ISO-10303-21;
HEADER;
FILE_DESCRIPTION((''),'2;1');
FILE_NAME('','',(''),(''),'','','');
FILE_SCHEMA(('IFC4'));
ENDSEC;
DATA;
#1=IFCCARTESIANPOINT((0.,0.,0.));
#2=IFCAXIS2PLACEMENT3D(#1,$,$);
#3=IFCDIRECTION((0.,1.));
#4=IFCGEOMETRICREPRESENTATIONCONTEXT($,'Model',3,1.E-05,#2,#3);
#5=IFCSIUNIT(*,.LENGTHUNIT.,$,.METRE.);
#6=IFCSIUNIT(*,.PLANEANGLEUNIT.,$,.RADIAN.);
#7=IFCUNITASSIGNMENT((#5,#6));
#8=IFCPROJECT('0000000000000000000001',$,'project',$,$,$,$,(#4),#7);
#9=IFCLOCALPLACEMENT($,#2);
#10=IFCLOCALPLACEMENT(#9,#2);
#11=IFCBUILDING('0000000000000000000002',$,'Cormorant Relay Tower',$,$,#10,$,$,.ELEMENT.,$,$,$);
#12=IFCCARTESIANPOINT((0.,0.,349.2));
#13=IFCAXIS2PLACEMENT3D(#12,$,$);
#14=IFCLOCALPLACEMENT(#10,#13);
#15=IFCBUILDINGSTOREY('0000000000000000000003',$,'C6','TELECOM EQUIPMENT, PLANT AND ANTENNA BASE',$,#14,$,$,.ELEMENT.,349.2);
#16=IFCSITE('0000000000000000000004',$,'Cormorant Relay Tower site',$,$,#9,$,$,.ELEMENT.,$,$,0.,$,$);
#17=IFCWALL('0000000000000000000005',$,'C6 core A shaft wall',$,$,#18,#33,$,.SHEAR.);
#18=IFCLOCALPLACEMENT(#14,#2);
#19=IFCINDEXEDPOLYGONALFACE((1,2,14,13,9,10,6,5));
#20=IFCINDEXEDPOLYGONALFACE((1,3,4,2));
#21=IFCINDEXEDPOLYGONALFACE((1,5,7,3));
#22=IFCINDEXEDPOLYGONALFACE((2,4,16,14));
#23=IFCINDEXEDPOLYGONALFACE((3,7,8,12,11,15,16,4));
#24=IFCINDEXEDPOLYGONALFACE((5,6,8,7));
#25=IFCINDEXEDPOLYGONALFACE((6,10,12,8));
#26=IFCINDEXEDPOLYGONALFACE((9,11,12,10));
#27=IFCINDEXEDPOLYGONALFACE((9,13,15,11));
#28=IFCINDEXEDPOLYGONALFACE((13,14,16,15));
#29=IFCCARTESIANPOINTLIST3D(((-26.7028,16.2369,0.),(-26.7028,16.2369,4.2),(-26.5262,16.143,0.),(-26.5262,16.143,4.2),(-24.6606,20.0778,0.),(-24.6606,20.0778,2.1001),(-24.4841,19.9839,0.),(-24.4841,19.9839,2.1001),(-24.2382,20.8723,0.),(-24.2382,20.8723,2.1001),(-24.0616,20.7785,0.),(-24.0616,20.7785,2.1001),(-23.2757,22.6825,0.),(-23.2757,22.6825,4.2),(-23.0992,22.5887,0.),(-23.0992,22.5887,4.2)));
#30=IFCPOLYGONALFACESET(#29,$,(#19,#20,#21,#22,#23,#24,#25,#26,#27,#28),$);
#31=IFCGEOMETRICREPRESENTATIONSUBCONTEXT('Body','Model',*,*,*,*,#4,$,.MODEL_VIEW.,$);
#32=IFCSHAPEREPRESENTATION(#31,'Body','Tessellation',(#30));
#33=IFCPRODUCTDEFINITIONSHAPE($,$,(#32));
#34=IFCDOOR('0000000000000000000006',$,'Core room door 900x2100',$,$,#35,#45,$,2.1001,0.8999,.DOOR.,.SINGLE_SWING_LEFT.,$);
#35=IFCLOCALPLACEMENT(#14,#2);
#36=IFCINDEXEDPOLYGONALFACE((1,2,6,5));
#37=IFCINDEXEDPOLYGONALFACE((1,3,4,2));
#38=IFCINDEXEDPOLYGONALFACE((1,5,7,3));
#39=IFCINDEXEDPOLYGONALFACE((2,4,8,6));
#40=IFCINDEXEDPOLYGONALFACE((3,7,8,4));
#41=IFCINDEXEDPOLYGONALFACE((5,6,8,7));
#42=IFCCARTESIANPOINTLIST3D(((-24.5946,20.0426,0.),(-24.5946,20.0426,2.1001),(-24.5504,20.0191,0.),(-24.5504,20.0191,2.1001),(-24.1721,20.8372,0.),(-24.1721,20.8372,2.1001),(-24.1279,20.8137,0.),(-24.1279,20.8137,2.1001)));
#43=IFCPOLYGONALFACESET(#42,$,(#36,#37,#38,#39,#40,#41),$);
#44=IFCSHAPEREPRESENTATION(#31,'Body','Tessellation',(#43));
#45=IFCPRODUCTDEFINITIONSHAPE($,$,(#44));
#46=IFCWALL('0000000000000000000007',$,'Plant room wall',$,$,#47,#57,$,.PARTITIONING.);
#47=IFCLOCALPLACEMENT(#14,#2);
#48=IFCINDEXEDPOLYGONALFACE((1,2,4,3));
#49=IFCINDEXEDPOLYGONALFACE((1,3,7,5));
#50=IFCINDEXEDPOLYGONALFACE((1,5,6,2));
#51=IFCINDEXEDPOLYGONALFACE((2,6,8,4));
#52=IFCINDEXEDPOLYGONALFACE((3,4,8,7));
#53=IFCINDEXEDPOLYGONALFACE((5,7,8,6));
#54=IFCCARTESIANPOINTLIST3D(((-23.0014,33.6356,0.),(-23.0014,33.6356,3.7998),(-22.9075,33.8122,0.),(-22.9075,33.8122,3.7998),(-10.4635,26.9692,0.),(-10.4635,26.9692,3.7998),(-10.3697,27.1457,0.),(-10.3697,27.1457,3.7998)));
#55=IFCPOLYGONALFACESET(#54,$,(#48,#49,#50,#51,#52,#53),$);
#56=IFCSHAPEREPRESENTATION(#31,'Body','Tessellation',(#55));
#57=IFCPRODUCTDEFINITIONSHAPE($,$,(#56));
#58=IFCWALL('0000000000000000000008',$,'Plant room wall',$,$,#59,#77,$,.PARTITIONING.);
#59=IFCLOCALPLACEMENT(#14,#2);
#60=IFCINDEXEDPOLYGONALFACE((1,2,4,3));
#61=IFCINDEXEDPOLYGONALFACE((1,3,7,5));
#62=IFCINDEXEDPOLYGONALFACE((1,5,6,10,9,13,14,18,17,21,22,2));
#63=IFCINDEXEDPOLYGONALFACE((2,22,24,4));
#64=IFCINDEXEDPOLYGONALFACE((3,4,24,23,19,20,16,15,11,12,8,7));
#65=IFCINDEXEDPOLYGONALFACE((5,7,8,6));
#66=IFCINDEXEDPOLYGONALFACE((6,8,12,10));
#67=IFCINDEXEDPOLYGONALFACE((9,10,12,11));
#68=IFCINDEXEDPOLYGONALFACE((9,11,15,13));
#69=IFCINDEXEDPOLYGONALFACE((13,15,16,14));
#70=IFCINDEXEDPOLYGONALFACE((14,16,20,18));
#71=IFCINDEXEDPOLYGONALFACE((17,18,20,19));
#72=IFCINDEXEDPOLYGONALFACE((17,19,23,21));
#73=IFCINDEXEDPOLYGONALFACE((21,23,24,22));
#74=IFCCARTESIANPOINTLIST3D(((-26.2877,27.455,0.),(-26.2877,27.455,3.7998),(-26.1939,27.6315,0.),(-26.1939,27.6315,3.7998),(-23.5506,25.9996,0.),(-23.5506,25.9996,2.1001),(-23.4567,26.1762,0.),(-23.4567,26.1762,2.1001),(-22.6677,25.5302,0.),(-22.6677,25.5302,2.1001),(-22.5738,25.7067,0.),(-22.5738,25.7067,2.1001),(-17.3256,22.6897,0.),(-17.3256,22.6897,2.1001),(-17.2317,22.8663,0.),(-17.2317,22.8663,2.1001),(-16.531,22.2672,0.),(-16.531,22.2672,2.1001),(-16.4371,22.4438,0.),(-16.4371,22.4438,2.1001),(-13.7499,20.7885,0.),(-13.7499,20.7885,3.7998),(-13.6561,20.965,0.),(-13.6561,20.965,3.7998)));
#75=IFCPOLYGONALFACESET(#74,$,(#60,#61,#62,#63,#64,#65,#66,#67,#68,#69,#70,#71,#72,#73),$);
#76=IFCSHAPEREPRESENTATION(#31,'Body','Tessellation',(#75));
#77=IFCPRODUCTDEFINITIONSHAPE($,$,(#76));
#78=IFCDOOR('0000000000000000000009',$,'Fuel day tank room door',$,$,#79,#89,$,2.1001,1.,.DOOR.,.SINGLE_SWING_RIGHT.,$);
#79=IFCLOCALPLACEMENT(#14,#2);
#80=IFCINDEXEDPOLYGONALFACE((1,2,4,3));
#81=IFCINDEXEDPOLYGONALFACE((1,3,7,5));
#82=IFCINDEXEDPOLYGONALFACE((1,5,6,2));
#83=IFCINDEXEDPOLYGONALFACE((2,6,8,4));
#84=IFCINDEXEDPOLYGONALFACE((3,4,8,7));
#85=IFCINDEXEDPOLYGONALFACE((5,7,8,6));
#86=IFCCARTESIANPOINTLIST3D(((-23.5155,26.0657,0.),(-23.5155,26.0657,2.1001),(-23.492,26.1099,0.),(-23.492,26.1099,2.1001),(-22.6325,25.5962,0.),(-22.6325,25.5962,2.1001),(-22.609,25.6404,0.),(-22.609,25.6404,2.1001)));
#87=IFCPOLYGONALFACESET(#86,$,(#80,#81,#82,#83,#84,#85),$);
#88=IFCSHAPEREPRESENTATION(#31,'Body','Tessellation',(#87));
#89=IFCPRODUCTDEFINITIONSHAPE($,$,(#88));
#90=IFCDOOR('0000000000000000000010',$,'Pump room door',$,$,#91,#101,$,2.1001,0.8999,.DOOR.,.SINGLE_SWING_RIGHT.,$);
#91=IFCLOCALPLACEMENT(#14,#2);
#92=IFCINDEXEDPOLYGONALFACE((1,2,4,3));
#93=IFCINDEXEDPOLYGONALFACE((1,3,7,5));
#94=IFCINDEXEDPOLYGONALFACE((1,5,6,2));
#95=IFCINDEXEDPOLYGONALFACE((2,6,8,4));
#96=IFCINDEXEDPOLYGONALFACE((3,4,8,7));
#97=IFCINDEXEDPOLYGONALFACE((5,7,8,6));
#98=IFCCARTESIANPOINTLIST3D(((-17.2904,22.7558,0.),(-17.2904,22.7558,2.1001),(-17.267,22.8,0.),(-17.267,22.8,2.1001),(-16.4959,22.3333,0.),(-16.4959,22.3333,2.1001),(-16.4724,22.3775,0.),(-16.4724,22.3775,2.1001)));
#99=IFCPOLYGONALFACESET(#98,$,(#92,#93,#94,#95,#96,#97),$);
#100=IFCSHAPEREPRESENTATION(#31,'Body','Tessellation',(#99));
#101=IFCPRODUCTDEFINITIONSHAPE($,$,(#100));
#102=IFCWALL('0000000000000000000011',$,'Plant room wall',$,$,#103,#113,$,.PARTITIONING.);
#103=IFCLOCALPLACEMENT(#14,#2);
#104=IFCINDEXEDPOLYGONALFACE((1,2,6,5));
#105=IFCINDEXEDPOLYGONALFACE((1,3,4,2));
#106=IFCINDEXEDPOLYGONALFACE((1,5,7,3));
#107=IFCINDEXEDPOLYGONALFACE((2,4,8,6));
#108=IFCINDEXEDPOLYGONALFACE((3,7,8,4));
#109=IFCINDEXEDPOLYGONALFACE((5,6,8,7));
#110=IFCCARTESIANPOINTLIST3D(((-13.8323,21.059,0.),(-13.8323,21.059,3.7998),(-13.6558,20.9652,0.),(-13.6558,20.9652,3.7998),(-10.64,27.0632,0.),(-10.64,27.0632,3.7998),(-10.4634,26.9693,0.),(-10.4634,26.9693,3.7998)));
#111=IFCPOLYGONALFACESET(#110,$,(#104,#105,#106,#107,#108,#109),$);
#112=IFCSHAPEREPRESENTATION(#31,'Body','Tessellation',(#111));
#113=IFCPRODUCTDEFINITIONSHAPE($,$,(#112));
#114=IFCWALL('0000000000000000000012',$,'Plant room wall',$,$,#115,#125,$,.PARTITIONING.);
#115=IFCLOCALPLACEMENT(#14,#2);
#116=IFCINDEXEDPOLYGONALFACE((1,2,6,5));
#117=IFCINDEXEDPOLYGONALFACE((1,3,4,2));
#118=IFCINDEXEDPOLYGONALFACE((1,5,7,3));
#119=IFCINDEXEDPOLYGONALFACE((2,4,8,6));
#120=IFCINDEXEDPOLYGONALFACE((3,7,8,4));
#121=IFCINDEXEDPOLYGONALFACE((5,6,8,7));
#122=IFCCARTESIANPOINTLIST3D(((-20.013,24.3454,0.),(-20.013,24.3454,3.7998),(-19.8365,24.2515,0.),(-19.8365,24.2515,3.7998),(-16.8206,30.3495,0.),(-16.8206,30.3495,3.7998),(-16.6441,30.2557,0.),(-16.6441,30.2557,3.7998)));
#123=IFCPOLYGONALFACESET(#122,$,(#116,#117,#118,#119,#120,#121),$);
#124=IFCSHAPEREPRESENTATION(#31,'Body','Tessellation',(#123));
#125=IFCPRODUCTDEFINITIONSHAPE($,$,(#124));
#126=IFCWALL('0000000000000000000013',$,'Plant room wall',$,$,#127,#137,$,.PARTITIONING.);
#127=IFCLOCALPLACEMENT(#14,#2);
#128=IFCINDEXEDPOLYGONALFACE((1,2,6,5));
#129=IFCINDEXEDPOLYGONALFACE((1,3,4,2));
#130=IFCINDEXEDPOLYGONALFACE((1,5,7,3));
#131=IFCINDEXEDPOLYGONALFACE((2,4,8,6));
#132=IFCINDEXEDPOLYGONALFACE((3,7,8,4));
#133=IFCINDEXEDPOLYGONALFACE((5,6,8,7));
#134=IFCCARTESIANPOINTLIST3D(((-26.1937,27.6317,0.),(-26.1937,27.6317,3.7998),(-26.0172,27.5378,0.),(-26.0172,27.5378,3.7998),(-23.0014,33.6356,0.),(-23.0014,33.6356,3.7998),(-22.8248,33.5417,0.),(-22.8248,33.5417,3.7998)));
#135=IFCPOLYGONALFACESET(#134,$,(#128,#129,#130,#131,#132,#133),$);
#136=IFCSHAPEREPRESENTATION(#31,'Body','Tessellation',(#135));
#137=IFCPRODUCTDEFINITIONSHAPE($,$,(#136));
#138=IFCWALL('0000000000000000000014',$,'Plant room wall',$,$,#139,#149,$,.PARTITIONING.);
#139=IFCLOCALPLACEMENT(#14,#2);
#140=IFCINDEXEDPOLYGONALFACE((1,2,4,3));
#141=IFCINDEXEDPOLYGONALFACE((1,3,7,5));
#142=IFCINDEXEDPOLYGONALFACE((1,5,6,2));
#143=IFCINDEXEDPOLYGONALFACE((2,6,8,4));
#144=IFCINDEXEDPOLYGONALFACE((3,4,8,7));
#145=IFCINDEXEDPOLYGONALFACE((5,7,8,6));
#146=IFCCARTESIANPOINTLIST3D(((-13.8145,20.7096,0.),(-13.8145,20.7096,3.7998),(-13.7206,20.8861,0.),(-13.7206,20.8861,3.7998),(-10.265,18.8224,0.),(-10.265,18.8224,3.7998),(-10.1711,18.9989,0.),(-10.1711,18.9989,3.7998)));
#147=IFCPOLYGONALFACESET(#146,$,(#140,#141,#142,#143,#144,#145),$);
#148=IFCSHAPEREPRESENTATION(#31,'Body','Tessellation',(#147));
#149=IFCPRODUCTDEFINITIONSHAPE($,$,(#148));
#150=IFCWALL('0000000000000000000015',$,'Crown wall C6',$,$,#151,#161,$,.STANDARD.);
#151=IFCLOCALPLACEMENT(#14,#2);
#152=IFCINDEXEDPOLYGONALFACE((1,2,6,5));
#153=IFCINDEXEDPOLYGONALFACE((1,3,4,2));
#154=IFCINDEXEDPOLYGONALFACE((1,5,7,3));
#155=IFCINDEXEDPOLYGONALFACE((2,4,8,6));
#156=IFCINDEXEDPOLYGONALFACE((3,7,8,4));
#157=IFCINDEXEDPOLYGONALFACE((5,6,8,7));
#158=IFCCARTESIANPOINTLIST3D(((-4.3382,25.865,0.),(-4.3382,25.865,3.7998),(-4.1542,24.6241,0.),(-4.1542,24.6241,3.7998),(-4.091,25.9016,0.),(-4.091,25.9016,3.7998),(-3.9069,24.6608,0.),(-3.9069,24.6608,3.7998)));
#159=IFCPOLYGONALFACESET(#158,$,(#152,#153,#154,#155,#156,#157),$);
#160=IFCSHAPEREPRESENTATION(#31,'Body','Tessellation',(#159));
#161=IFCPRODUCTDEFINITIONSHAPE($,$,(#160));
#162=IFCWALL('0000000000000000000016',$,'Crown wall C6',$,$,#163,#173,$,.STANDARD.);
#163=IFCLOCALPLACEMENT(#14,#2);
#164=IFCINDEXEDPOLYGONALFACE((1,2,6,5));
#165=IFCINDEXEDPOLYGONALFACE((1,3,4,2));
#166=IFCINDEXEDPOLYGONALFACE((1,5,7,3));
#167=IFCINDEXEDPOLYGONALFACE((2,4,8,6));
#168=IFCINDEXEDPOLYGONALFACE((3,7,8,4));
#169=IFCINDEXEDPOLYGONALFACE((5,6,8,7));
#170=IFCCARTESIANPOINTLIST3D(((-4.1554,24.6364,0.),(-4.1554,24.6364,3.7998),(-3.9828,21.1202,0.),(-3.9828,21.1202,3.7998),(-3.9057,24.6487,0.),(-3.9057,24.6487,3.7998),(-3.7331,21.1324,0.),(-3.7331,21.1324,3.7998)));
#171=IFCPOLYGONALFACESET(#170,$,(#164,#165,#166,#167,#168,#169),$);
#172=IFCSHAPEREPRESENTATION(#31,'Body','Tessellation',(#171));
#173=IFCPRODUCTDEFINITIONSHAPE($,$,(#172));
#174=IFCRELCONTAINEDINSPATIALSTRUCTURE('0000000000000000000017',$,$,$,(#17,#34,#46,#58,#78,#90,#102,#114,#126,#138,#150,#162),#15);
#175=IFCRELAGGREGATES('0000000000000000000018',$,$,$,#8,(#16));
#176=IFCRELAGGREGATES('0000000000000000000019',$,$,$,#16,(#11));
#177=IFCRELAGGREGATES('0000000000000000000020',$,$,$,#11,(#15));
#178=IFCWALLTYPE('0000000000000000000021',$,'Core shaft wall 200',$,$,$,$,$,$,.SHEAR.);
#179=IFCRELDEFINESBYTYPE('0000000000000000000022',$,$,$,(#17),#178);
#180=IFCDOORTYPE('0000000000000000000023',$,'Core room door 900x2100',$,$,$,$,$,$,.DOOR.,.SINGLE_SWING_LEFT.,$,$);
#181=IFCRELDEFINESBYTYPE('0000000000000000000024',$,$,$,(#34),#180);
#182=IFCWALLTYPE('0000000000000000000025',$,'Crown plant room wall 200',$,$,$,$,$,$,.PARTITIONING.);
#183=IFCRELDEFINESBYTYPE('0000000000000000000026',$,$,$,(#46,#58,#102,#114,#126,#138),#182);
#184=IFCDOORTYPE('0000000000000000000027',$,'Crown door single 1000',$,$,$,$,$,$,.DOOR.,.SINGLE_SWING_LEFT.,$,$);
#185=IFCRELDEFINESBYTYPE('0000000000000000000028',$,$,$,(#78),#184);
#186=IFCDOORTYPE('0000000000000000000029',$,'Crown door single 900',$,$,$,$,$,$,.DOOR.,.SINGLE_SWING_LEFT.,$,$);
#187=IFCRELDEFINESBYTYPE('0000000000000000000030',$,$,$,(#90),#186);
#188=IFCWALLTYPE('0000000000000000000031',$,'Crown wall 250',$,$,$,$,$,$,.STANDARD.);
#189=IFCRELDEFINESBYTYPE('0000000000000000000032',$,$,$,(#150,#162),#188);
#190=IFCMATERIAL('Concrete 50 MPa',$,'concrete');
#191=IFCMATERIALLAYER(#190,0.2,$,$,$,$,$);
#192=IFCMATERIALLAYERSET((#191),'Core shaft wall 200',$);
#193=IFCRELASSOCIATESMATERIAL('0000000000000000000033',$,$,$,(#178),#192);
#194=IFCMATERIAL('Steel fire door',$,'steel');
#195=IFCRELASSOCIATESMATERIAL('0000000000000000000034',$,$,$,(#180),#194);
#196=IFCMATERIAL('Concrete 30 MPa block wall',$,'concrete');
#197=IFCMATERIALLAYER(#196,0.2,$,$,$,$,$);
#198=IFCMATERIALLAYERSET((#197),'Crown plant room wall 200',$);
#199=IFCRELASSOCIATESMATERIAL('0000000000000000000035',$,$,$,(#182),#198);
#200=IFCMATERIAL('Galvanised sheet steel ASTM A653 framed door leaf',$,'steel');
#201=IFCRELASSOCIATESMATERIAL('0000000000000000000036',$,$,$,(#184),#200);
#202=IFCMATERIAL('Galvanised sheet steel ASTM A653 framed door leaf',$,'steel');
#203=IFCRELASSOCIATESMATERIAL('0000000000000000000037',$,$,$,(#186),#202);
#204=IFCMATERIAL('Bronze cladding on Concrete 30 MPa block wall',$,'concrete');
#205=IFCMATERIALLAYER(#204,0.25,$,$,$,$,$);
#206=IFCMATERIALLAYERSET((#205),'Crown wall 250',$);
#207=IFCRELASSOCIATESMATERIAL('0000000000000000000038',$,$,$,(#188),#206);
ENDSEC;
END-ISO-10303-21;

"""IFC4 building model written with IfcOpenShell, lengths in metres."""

from ifc_helpers import new_model, si_unit, direction, frame, frame_2d, origin, place, context, subcontext, project, spatial, rectangle, extrude, material, layer, layer_set, type_object, element, fill, save


model = new_model("IFC4")

# Units and contexts
model_context = context("Model", 3, precision=1e-05, world=origin(), true_north=direction((0.0, 1.0)))
body_context = subcontext(model_context, "Body", "Model", "MODEL_VIEW")
ifc_project = project(units=[si_unit("LENGTHUNIT", "METRE"), si_unit("PLANEANGLEUNIT", "RADIAN")], contexts=[model_context])

# Site, building, storey
site_placement = place(None, origin())
site = spatial("IfcSite", under=ifc_project, at=site_placement, Name="Cormorant Relay Tower site", CompositionType="ELEMENT", RefElevation=0.0)
building_placement = place(site_placement, origin())
building = spatial("IfcBuilding", under=site, at=building_placement, Name="Cormorant Relay Tower", CompositionType="ELEMENT")
storey_placement = place(building_placement, frame((0.0, 0.0, 349.2)))
storey = spatial("IfcBuildingStorey", under=building, at=storey_placement, Name="C6", Description="TELECOM EQUIPMENT, PLANT AND ANTENNA BASE", CompositionType="ELEMENT", Elevation=349.2)

# Wall, opening, door
ifc_material_1 = material(Name="Concrete 50 MPa", Category="concrete")
ifc_layer_1 = layer(ifc_material_1, 0.2)
ifc_layer_set_1 = layer_set([ifc_layer_1], Name="Core shaft wall 200")
wall_type_1 = type_object("IfcWallType", Name="Core shaft wall 200", PredefinedType="SHEAR", material=ifc_layer_set_1)
wall_1_placement = place(storey_placement, frame((-23.1875, 22.6355, 0.0), z_axis=(0.0, 0.0, 1.0), x_axis=(-0.469454, -0.882957, 0.0)))
wall_1 = element("IfcWall", 1, at=wall_1_placement, inside=storey, type_object=wall_type_1, Name="C6 core A shaft wall", PredefinedType="SHEAR", context=body_context, shape_type="SweptSolid", body=[
    extrude(rectangle(XDim=7.3, YDim=0.2, at=frame_2d((3.6499, 0.0))), origin(), (0.0, 0.0, 1.0), 4.2),
])
opening_1_placement = place(wall_1_placement, frame((2.05, 0.0, 0.0)))
opening_1 = element("IfcOpeningElement", 2, at=opening_1_placement, cuts=wall_1, PredefinedType="OPENING", context=body_context, shape_type="SweptSolid", body=[
    extrude(rectangle(XDim=0.8999, YDim=2.1001, at=frame_2d((0.45, 1.05))), frame((0.0, 0.1099, 0.0), z_axis=(0.0, -1.0, 0.0), x_axis=(1.0, 0.0, 0.0)), (0.0, 0.0, 1.0), 0.22),
])
ifc_material_2 = material(Name="Steel fire door", Category="steel")
door_type_1 = type_object("IfcDoorType", Name="Core room door 900x2100", OperationType="SINGLE_SWING_LEFT", PredefinedType="DOOR", material=ifc_material_2)
door_1_placement = place(opening_1_placement, origin())
door_1 = element("IfcDoor", 3, at=door_1_placement, inside=storey, type_object=door_type_1, Name="Core room door 900x2100", OperationType="SINGLE_SWING_LEFT", OverallHeight=2.1001, OverallWidth=0.8999, PredefinedType="DOOR", context=body_context, shape_type="SweptSolid", body=[
    extrude(rectangle(XDim=0.8999, YDim=2.1001, at=frame_2d((0.45, 1.05))), frame((0.0, 0.0249, 0.0), z_axis=(0.0, -1.0, 0.0), x_axis=(1.0, 0.0, 0.0)), (0.0, 0.0, 1.0), 0.05),
])
fill(opening_1, door_1)

# Wall
ifc_material_3 = material(Name="Concrete 30 MPa block wall", Category="concrete")
ifc_layer_2 = layer(ifc_material_3, 0.2)
ifc_layer_set_2 = layer_set([ifc_layer_2], Name="Crown plant room wall 200")
wall_type_2 = type_object("IfcWallType", Name="Crown plant room wall 200", PredefinedType="PARTITIONING", material=ifc_layer_set_2)
wall_2_placement = place(storey_placement, frame((-10.4165, 27.0574, 0.0), z_axis=(0.0, 0.0, 1.0), x_axis=(-0.882947, 0.469472, 0.0)))
element("IfcWall", 4, at=wall_2_placement, inside=storey, type_object=wall_type_2, Name="Plant room wall", PredefinedType="PARTITIONING", context=body_context, shape_type="SweptSolid", body=[
    extrude(rectangle(XDim=14.2, YDim=0.2, at=frame_2d((7.1001, 0.0))), origin(), (0.0, 0.0, 1.0), 3.7998),
])

# Wall, openings, doors
wall_3_placement = place(storey_placement, frame((-13.7029, 20.8767, 0.0), z_axis=(0.0, 0.0, 1.0), x_axis=(-0.882947, 0.469472, 0.0)))
wall_3 = element("IfcWall", 5, at=wall_3_placement, inside=storey, type_object=wall_type_2, Name="Plant room wall", PredefinedType="PARTITIONING", context=body_context, shape_type="SweptSolid", body=[
    extrude(rectangle(XDim=14.2, YDim=0.2, at=frame_2d((7.1001, 0.0))), origin(), (0.0, 0.0, 1.0), 3.7998),
])
opening_2_placement = place(wall_3_placement, frame((3.1499, 0.0, 0.0)))
opening_2 = element("IfcOpeningElement", 6, at=opening_2_placement, cuts=wall_3, PredefinedType="OPENING", context=body_context, shape_type="SweptSolid", body=[
    extrude(rectangle(XDim=0.8999, YDim=2.1001, at=frame_2d((0.45, 1.05))), frame((0.0, 0.1099, 0.0), z_axis=(0.0, -1.0, 0.0), x_axis=(1.0, 0.0, 0.0)), (0.0, 0.0, 1.0), 0.22),
])
opening_3_placement = place(wall_3_placement, frame((10.1001, 0.0, 0.0)))
opening_3 = element("IfcOpeningElement", 7, at=opening_3_placement, cuts=wall_3, PredefinedType="OPENING", context=body_context, shape_type="SweptSolid", body=[
    extrude(rectangle(XDim=1.0, YDim=2.1001, at=frame_2d((0.5, 1.05))), frame((0.0, 0.1099, 0.0), z_axis=(0.0, -1.0, 0.0), x_axis=(1.0, 0.0, 0.0)), (0.0, 0.0, 1.0), 0.22),
])
ifc_material_4 = material(Name="Galvanised sheet steel ASTM A653 framed door leaf", Category="steel")
door_type_2 = type_object("IfcDoorType", Name="Crown door single 1000", OperationType="SINGLE_SWING_LEFT", PredefinedType="DOOR", material=ifc_material_4)
door_2_placement = place(opening_3_placement, frame((1.0, 0.0, 0.0), z_axis=(0.0, 0.0, 1.0), x_axis=(-1.0, 0.0, 0.0)))
door_2 = element("IfcDoor", 8, at=door_2_placement, inside=storey, type_object=door_type_2, Name="Fuel day tank room door", OperationType="SINGLE_SWING_RIGHT", OverallHeight=2.1001, OverallWidth=1.0, PredefinedType="DOOR", context=body_context, shape_type="SweptSolid", body=[
    extrude(rectangle(XDim=1.0, YDim=2.1001, at=frame_2d((0.5, 1.05))), frame((0.0, 0.0249, 0.0), z_axis=(0.0, -1.0, 0.0), x_axis=(1.0, 0.0, 0.0)), (0.0, 0.0, 1.0), 0.05),
])
fill(opening_3, door_2)
ifc_material_5 = material(Name="Galvanised sheet steel ASTM A653 framed door leaf", Category="steel")
door_type_3 = type_object("IfcDoorType", Name="Crown door single 900", OperationType="SINGLE_SWING_LEFT", PredefinedType="DOOR", material=ifc_material_5)
door_3_placement = place(opening_2_placement, frame((0.8999, 0.0, 0.0), z_axis=(0.0, 0.0, 1.0), x_axis=(-1.0, 0.0, 0.0)))
door_3 = element("IfcDoor", 9, at=door_3_placement, inside=storey, type_object=door_type_3, Name="Pump room door", OperationType="SINGLE_SWING_RIGHT", OverallHeight=2.1001, OverallWidth=0.8999, PredefinedType="DOOR", context=body_context, shape_type="SweptSolid", body=[
    extrude(rectangle(XDim=0.8999, YDim=2.1001, at=frame_2d((0.45, 1.05))), frame((0.0, 0.0249, 0.0), z_axis=(0.0, -1.0, 0.0), x_axis=(1.0, 0.0, 0.0)), (0.0, 0.0, 1.0), 0.05),
])
fill(opening_2, door_3)

# Walls
for number, where, z_axis, x_axis, name in (
    (10, (-10.5518, 27.0161, 0.0), (0.0, 0.0, 1.0), (-0.469462, -0.882953, 0.0), "Plant room wall"),
    (11, (-16.7324, 30.3025, 0.0), (0.0, 0.0, 1.0), (-0.469462, -0.882953, 0.0), "Plant room wall"),
):
    element("IfcWall", number, at=place(storey_placement, frame(where, z_axis=z_axis, x_axis=x_axis)), inside=storey, type_object=wall_type_2, Name=name, PredefinedType="PARTITIONING", context=body_context, shape_type="SweptSolid", body=[
        extrude(rectangle(XDim=6.8, YDim=0.2, at=frame_2d((3.3999, 0.0))), origin(), (0.0, 0.0, 1.0), 3.7998),
    ])
wall_4_placement = place(storey_placement, frame((-22.9131, 33.5886, 0.0), z_axis=(0.0, 0.0, 1.0), x_axis=(-0.469477, -0.882945, 0.0)))
element("IfcWall", 12, at=wall_4_placement, inside=storey, type_object=wall_type_2, Name="Plant room wall", PredefinedType="PARTITIONING", context=body_context, shape_type="SweptSolid", body=[
    extrude(rectangle(XDim=6.7998, YDim=0.2, at=frame_2d((3.3999, 0.0))), origin(), (0.0, 0.0, 1.0), 3.7998),
])
wall_5_placement = place(storey_placement, frame((-13.7676, 20.7979, 0.0), z_axis=(0.0, 0.0, 1.0), x_axis=(0.882961, -0.469447, 0.0)))
element("IfcWall", 13, at=wall_5_placement, inside=storey, type_object=wall_type_2, Name="Plant room wall", PredefinedType="PARTITIONING", context=body_context, shape_type="SweptSolid", body=[
    extrude(rectangle(XDim=4.02, YDim=0.2, at=frame_2d((2.01, 0.0))), origin(), (0.0, 0.0, 1.0), 3.7998),
])
ifc_material_6 = material(Name="Bronze cladding on Concrete 30 MPa block wall", Category="concrete")
ifc_layer_3 = layer(ifc_material_6, 0.25)
ifc_layer_set_3 = layer_set([ifc_layer_3], Name="Crown wall 250")
wall_type_3 = type_object("IfcWallType", Name="Crown wall 250", PredefinedType="STANDARD", material=ifc_layer_set_3)
wall_6_placement = place(storey_placement, frame((-4.2146, 25.8833, 0.0), z_axis=(0.0, 0.0, 1.0), x_axis=(0.14676, -0.989172, 0.0)))
element("IfcWall", 14, at=wall_6_placement, inside=storey, type_object=wall_type_3, Name="Crown wall C6", PredefinedType="STANDARD", context=body_context, shape_type="SweptSolid", body=[
    extrude(rectangle(XDim=1.2544, YDim=0.25, at=frame_2d((0.6272, 0.0))), origin(), (0.0, 0.0, 1.0), 3.7998),
])
for number, where, z_axis, x_axis, name in (
    (15, (-4.0305, 24.6426, 0.0), (0.0, 0.0, 1.0), (0.049028, -0.998797, 0.0), "Crown wall C6"),
):
    element("IfcWall", number, at=place(storey_placement, frame(where, z_axis=z_axis, x_axis=x_axis)), inside=storey, type_object=wall_type_3, Name=name, PredefinedType="STANDARD", context=body_context, shape_type="SweptSolid", body=[
        extrude(rectangle(XDim=3.5205, YDim=0.25, at=frame_2d((1.7603, 0.0))), origin(), (0.0, 0.0, 1.0), 3.7998),
    ])

save(model, "model.ifc")
